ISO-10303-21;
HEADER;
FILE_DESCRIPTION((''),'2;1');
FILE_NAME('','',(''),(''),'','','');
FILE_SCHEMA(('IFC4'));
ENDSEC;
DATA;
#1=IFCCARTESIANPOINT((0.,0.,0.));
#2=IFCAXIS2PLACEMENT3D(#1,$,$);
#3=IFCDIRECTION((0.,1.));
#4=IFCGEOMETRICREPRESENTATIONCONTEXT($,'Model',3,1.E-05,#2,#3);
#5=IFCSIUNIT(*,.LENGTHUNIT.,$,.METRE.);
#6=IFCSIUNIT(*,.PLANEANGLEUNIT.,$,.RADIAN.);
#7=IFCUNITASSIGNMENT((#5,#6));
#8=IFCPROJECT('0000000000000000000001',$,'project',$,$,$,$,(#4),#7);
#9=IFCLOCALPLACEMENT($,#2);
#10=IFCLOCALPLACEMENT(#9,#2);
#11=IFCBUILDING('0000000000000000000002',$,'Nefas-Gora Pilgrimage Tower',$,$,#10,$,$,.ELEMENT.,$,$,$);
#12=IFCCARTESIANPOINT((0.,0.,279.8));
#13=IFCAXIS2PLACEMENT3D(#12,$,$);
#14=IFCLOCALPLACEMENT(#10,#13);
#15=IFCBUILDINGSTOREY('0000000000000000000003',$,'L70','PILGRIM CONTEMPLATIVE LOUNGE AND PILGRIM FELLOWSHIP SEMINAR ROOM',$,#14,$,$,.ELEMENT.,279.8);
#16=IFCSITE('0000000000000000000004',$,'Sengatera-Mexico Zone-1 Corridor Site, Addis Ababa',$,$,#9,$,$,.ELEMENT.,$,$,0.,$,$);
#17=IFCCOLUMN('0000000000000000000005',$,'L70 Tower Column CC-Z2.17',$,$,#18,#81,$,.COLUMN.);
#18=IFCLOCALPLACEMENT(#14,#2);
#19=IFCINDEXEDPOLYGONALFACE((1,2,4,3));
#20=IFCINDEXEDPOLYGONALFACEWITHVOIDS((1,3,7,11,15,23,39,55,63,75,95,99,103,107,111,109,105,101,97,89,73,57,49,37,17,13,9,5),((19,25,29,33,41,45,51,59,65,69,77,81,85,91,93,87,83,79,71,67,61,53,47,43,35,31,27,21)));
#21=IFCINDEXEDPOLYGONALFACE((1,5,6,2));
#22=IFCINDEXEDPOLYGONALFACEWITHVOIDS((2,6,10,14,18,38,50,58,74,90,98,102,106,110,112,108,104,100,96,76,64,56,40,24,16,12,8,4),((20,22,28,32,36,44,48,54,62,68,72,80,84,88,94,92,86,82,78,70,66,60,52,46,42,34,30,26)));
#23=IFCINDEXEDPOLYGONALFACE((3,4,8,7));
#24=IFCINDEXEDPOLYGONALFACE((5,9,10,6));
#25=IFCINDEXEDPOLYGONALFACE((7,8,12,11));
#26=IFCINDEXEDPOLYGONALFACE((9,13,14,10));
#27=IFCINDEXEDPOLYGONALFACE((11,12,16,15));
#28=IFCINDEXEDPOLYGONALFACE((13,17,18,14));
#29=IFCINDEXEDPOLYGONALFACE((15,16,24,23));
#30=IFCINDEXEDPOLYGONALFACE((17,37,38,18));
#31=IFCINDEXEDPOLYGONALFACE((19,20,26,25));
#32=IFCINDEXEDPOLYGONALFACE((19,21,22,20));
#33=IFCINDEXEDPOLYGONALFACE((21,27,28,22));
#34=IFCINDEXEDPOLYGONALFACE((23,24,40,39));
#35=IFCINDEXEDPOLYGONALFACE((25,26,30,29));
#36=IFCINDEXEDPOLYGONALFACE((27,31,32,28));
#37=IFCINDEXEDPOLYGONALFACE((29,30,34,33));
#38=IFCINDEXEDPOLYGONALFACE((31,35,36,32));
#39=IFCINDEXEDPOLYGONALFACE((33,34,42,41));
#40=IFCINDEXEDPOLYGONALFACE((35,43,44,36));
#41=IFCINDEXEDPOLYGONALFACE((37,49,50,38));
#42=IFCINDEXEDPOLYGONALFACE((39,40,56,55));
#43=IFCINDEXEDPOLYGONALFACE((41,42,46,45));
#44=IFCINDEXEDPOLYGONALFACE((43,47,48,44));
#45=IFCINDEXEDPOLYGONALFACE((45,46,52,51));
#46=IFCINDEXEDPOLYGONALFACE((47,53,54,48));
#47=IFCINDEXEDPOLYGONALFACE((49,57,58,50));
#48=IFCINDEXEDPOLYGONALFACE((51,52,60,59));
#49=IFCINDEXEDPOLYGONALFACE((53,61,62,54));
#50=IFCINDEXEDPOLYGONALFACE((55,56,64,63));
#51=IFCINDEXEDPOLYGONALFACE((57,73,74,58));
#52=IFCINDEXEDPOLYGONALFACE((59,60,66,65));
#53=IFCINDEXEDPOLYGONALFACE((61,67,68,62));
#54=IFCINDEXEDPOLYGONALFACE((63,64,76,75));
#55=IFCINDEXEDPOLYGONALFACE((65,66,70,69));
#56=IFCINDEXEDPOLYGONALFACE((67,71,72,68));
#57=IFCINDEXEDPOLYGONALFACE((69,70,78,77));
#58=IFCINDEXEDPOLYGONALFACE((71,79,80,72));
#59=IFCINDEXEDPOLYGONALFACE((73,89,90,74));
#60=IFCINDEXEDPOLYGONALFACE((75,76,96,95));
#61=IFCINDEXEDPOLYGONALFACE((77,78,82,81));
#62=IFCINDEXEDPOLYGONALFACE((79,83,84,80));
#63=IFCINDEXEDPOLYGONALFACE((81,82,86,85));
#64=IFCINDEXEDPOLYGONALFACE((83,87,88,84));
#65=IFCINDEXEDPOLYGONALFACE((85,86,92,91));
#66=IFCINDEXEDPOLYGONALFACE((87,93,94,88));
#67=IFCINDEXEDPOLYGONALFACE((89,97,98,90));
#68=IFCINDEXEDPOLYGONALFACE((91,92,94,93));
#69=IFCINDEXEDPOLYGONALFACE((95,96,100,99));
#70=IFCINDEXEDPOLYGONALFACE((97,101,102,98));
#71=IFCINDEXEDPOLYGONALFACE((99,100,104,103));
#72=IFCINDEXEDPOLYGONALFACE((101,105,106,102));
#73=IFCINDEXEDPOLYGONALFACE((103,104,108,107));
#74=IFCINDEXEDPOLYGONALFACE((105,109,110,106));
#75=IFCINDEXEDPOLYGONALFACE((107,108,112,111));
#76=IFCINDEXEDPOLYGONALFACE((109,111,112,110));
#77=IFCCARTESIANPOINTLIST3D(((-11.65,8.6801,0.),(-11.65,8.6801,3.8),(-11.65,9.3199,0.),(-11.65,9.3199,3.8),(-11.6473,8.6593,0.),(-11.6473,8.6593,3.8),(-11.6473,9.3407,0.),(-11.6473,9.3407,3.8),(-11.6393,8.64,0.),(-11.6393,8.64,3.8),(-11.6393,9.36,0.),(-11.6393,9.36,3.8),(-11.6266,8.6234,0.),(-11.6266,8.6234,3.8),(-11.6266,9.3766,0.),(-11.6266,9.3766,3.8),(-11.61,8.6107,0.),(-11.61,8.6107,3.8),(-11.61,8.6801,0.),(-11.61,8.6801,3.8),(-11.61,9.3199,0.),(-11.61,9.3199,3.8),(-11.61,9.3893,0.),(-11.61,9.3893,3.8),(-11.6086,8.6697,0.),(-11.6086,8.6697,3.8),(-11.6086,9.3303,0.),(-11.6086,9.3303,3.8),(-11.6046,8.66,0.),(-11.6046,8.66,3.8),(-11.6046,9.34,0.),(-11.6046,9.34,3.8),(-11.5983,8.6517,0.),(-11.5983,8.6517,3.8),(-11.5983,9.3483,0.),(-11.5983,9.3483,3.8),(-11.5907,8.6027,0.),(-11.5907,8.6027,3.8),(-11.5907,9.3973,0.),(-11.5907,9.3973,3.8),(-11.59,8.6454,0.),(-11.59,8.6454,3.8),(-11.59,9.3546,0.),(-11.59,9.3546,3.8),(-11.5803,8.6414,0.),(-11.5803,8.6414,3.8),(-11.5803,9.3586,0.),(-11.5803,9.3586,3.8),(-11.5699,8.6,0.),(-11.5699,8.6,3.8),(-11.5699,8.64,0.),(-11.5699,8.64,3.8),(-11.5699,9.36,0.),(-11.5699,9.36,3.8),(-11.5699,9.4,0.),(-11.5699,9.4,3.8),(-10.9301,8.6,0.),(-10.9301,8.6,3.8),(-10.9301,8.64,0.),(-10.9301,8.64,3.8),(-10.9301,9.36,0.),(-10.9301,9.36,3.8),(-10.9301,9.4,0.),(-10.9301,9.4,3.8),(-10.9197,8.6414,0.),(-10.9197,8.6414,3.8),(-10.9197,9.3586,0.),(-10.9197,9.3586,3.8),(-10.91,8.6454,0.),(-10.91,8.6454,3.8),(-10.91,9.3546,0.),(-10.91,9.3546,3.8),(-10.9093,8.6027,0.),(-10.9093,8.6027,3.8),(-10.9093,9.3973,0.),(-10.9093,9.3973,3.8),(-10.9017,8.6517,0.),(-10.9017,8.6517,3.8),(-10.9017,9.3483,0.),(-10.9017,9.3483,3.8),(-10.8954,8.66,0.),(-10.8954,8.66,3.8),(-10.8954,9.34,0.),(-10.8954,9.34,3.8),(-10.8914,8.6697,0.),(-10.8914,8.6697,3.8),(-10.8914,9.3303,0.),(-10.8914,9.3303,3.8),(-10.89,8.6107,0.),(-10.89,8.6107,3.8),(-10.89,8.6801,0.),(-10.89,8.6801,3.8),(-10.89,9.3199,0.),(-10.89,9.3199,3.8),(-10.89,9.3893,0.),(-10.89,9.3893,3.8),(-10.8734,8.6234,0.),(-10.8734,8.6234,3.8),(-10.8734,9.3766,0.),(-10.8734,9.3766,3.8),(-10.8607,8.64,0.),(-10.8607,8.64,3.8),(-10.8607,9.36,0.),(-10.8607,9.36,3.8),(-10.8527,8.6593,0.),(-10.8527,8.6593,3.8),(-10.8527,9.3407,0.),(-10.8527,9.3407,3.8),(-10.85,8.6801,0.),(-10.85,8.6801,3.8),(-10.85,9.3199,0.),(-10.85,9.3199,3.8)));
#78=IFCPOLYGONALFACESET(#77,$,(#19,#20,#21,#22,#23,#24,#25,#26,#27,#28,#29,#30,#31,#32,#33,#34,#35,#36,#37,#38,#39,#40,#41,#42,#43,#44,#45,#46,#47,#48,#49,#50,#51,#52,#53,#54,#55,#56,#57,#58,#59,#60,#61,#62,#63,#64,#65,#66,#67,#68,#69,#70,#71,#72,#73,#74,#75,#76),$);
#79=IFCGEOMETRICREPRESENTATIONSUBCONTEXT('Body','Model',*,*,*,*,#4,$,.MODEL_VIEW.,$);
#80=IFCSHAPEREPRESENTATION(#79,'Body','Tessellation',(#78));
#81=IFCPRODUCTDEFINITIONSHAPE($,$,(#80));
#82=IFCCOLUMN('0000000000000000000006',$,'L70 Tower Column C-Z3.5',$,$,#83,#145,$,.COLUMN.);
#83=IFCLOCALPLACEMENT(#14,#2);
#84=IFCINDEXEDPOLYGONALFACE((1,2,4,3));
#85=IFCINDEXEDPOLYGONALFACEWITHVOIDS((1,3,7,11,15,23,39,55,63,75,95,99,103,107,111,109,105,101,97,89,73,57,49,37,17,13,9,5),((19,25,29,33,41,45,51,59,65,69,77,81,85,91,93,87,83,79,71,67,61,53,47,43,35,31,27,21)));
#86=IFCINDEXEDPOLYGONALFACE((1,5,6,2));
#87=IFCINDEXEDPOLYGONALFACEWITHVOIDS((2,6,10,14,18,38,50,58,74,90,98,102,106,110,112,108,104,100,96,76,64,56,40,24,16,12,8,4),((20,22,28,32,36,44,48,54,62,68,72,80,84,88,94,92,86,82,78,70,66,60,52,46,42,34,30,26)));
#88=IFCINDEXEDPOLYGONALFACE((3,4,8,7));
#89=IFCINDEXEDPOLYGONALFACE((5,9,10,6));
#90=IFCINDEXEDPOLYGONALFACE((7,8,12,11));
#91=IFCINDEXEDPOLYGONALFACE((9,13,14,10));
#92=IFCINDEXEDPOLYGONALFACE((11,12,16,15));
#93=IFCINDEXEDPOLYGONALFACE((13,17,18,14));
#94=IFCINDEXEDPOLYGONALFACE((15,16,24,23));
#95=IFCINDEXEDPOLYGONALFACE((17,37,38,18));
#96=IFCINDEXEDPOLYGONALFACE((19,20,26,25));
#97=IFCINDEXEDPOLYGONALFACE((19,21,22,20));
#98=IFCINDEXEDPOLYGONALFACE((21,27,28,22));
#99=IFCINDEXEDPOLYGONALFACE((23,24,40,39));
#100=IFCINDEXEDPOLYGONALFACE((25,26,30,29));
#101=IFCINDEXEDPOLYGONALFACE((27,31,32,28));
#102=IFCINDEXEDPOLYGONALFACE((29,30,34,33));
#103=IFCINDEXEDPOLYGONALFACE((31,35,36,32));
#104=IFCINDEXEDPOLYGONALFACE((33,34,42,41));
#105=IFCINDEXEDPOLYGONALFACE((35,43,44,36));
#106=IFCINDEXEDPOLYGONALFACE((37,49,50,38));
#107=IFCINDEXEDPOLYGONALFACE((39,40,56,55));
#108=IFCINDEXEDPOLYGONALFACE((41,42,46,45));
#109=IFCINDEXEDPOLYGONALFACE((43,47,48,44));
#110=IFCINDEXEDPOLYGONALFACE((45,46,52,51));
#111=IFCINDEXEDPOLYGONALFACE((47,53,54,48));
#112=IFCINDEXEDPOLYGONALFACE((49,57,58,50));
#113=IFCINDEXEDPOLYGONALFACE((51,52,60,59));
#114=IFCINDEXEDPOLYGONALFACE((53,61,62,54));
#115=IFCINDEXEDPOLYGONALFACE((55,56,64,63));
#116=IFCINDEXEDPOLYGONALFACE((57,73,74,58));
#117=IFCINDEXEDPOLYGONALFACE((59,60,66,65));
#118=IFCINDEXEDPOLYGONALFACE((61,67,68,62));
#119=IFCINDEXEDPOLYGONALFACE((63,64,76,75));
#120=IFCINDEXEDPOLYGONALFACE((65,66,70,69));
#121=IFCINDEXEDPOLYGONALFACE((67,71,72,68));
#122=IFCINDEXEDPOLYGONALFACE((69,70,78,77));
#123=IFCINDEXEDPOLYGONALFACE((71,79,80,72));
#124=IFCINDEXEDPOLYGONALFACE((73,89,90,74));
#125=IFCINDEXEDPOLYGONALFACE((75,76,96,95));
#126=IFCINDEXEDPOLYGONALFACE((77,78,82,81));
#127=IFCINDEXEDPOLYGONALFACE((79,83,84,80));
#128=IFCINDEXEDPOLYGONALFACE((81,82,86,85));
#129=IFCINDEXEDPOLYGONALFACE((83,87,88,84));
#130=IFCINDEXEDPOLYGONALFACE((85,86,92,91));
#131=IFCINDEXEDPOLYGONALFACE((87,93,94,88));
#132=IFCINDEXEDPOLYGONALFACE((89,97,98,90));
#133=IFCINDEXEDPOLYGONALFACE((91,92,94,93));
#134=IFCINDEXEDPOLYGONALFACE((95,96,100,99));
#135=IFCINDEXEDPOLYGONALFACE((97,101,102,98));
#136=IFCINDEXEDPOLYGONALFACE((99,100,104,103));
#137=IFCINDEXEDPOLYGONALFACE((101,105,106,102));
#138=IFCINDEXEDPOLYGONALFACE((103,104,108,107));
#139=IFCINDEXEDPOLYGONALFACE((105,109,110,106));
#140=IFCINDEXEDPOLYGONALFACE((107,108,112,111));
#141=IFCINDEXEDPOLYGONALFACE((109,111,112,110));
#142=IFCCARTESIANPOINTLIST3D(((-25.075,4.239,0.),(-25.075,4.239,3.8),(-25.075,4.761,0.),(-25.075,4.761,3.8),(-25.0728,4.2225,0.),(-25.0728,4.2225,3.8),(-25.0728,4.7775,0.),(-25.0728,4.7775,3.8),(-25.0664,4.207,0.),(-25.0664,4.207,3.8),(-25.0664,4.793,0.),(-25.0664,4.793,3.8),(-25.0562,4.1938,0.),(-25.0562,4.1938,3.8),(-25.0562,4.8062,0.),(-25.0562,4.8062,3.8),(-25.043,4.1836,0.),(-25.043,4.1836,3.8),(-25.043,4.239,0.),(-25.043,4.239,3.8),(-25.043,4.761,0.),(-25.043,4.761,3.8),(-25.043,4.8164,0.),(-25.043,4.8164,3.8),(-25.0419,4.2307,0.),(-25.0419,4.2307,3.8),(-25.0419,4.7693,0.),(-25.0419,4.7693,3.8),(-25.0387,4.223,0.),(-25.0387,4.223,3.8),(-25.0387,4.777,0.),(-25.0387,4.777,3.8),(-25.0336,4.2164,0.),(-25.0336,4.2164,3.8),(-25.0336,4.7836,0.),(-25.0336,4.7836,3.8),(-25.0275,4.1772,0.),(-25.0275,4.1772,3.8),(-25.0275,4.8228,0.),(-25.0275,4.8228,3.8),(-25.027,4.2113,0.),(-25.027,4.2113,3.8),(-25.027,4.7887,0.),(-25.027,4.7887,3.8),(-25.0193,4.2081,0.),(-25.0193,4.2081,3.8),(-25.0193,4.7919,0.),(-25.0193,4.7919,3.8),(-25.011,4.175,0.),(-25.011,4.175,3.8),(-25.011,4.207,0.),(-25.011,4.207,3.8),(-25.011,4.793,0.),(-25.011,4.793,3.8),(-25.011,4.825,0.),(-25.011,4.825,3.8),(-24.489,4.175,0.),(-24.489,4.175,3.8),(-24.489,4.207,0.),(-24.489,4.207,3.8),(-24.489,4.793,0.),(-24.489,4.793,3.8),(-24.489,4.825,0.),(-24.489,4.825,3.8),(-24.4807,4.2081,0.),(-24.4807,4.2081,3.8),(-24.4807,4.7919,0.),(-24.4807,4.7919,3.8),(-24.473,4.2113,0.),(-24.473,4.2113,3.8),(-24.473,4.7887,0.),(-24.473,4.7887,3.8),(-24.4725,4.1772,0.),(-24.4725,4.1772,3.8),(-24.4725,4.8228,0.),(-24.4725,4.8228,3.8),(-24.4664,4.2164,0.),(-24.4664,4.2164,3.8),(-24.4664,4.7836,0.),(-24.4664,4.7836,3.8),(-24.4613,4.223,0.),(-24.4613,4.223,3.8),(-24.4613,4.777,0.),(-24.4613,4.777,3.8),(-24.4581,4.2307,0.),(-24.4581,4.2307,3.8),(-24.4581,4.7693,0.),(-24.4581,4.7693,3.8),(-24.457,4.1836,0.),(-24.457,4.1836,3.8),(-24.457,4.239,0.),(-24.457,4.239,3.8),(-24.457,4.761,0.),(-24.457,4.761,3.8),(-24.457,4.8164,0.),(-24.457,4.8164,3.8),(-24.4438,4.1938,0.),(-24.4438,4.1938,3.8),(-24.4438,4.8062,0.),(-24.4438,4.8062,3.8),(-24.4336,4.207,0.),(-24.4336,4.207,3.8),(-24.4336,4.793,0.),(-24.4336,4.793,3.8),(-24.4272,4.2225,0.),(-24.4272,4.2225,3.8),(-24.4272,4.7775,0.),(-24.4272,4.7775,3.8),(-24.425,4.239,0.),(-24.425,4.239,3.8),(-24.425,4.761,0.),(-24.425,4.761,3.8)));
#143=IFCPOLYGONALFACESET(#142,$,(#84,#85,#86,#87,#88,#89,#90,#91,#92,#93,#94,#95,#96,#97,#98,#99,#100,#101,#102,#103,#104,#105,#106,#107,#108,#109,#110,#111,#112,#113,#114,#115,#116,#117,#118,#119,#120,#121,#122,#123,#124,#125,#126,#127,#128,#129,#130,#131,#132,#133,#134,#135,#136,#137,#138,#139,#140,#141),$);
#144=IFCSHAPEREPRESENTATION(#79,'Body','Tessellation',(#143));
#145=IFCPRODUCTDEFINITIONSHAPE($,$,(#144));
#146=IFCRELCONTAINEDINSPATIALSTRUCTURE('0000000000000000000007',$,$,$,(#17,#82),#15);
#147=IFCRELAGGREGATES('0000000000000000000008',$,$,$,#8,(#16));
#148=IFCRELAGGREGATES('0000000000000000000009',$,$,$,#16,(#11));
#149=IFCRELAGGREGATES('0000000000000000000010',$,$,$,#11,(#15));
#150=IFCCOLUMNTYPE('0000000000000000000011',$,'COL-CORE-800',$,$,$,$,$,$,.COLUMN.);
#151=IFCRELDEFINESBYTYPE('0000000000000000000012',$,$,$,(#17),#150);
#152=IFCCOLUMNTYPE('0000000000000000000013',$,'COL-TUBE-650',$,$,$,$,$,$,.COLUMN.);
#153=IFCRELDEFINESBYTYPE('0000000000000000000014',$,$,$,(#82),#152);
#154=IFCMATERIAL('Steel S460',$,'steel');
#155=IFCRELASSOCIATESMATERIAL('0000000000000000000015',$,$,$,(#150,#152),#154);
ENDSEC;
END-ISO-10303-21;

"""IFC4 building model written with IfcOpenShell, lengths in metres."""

from ifc_helpers import new_model, si_unit, direction, frame, origin, origin_2d, place, context, subcontext, project, spatial, hollow_rectangle, extrude, source, transform, mapped, material, material_profile, profile_set, type_object, element, save


model = new_model("IFC4")

# Units and contexts
model_context = context("Model", 3, precision=1e-05, world=origin(), true_north=direction((0.0, 1.0)))
body_context = subcontext(model_context, "Body", "Model", "MODEL_VIEW")
ifc_project = project(units=[si_unit("LENGTHUNIT", "METRE"), si_unit("PLANEANGLEUNIT", "RADIAN")], contexts=[model_context])

# Site, building, storey
site_placement = place(None, origin())
site = spatial("IfcSite", under=ifc_project, at=site_placement, Name="Sengatera-Mexico Zone-1 Corridor Site, Addis Ababa", CompositionType="ELEMENT", RefElevation=0.0)
building_placement = place(site_placement, origin())
building = spatial("IfcBuilding", under=site, at=building_placement, Name="Nefas-Gora Pilgrimage Tower", CompositionType="ELEMENT")
storey_placement = place(building_placement, frame((0.0, 0.0, 279.8)))
storey = spatial("IfcBuildingStorey", under=building, at=storey_placement, Name="L70", Description="PILGRIM CONTEMPLATIVE LOUNGE AND PILGRIM FELLOWSHIP SEMINAR ROOM", CompositionType="ELEMENT", Elevation=279.8)

# Columns
ifc_material_1 = material(Name="Steel S460", Category="steel")
ifc_material_profile_1 = material_profile(ifc_material_1, hollow_rectangle(XDim=0.8, YDim=0.8, WallThickness=0.04, InnerFilletRadius=0.04, OuterFilletRadius=0.0801, at=origin_2d()), Name="BOX 800x800x40")
ifc_profile_set_1 = profile_set([ifc_material_profile_1], Name="Steel S460")
column_type_1 = type_object("IfcColumnType", Name="COL-CORE-800", PredefinedType="COLUMN", material=ifc_profile_set_1)
shared_shape_1 = source(origin(), body_context, "Body", "SweptSolid", [
    extrude(hollow_rectangle(XDim=0.8, YDim=0.8, WallThickness=0.04, InnerFilletRadius=0.04, OuterFilletRadius=0.0801, at=origin_2d()), origin(), (0.0, 0.0, 1.0), 3.8),
])
column_placement = place(storey_placement, frame((-11.25, 9.0, 0.0), z_axis=(0.0, 0.0, 1.0), x_axis=(1.0, 0.0, 0.0)))
element("IfcColumn", 1, at=column_placement, inside=storey, type_object=column_type_1, Name="L70 Tower Column CC-Z2.17", PredefinedType="COLUMN", context=body_context, shape_type="MappedRepresentation", body=[
    mapped(shared_shape_1, transform((0.0, 0.0, 0.0), x_axis=(1.0, 0.0, 0.0), y_axis=(0.0, 1.0, 0.0), z_axis=(0.0, 0.0, 1.0), scale=1.0)),
])
ifc_material_profile_2 = material_profile(ifc_material_1, hollow_rectangle(XDim=0.6499, YDim=0.6499, WallThickness=0.032, InnerFilletRadius=0.032, OuterFilletRadius=0.064, at=origin_2d()), Name="BOX 650x650x32")
ifc_profile_set_2 = profile_set([ifc_material_profile_2], Name="Steel S460")
column_type_2 = type_object("IfcColumnType", Name="COL-TUBE-650", PredefinedType="COLUMN", material=ifc_profile_set_2)
shared_shape_2 = source(origin(), body_context, "Body", "SweptSolid", [
    extrude(hollow_rectangle(XDim=0.6499, YDim=0.6499, WallThickness=0.032, InnerFilletRadius=0.032, OuterFilletRadius=0.064, at=origin_2d()), origin(), (0.0, 0.0, 1.0), 3.8),
])
for number, where, z_axis, x_axis, name in (
    (2, (-24.75, 4.5, 0.0), (0.0, 0.0, 1.0), (1.0, 0.0, 0.0), "L70 Tower Column C-Z3.5"),
):
    element("IfcColumn", number, at=place(storey_placement, frame(where, z_axis=z_axis, x_axis=x_axis)), inside=storey, type_object=column_type_2, Name=name, PredefinedType="COLUMN", context=body_context, shape_type="MappedRepresentation", body=[
        mapped(shared_shape_2, transform((0.0, 0.0, 0.0), x_axis=(1.0, 0.0, 0.0), y_axis=(0.0, 1.0, 0.0), z_axis=(0.0, 0.0, 1.0), scale=1.0)),
    ])

save(model, "model.ifc")
